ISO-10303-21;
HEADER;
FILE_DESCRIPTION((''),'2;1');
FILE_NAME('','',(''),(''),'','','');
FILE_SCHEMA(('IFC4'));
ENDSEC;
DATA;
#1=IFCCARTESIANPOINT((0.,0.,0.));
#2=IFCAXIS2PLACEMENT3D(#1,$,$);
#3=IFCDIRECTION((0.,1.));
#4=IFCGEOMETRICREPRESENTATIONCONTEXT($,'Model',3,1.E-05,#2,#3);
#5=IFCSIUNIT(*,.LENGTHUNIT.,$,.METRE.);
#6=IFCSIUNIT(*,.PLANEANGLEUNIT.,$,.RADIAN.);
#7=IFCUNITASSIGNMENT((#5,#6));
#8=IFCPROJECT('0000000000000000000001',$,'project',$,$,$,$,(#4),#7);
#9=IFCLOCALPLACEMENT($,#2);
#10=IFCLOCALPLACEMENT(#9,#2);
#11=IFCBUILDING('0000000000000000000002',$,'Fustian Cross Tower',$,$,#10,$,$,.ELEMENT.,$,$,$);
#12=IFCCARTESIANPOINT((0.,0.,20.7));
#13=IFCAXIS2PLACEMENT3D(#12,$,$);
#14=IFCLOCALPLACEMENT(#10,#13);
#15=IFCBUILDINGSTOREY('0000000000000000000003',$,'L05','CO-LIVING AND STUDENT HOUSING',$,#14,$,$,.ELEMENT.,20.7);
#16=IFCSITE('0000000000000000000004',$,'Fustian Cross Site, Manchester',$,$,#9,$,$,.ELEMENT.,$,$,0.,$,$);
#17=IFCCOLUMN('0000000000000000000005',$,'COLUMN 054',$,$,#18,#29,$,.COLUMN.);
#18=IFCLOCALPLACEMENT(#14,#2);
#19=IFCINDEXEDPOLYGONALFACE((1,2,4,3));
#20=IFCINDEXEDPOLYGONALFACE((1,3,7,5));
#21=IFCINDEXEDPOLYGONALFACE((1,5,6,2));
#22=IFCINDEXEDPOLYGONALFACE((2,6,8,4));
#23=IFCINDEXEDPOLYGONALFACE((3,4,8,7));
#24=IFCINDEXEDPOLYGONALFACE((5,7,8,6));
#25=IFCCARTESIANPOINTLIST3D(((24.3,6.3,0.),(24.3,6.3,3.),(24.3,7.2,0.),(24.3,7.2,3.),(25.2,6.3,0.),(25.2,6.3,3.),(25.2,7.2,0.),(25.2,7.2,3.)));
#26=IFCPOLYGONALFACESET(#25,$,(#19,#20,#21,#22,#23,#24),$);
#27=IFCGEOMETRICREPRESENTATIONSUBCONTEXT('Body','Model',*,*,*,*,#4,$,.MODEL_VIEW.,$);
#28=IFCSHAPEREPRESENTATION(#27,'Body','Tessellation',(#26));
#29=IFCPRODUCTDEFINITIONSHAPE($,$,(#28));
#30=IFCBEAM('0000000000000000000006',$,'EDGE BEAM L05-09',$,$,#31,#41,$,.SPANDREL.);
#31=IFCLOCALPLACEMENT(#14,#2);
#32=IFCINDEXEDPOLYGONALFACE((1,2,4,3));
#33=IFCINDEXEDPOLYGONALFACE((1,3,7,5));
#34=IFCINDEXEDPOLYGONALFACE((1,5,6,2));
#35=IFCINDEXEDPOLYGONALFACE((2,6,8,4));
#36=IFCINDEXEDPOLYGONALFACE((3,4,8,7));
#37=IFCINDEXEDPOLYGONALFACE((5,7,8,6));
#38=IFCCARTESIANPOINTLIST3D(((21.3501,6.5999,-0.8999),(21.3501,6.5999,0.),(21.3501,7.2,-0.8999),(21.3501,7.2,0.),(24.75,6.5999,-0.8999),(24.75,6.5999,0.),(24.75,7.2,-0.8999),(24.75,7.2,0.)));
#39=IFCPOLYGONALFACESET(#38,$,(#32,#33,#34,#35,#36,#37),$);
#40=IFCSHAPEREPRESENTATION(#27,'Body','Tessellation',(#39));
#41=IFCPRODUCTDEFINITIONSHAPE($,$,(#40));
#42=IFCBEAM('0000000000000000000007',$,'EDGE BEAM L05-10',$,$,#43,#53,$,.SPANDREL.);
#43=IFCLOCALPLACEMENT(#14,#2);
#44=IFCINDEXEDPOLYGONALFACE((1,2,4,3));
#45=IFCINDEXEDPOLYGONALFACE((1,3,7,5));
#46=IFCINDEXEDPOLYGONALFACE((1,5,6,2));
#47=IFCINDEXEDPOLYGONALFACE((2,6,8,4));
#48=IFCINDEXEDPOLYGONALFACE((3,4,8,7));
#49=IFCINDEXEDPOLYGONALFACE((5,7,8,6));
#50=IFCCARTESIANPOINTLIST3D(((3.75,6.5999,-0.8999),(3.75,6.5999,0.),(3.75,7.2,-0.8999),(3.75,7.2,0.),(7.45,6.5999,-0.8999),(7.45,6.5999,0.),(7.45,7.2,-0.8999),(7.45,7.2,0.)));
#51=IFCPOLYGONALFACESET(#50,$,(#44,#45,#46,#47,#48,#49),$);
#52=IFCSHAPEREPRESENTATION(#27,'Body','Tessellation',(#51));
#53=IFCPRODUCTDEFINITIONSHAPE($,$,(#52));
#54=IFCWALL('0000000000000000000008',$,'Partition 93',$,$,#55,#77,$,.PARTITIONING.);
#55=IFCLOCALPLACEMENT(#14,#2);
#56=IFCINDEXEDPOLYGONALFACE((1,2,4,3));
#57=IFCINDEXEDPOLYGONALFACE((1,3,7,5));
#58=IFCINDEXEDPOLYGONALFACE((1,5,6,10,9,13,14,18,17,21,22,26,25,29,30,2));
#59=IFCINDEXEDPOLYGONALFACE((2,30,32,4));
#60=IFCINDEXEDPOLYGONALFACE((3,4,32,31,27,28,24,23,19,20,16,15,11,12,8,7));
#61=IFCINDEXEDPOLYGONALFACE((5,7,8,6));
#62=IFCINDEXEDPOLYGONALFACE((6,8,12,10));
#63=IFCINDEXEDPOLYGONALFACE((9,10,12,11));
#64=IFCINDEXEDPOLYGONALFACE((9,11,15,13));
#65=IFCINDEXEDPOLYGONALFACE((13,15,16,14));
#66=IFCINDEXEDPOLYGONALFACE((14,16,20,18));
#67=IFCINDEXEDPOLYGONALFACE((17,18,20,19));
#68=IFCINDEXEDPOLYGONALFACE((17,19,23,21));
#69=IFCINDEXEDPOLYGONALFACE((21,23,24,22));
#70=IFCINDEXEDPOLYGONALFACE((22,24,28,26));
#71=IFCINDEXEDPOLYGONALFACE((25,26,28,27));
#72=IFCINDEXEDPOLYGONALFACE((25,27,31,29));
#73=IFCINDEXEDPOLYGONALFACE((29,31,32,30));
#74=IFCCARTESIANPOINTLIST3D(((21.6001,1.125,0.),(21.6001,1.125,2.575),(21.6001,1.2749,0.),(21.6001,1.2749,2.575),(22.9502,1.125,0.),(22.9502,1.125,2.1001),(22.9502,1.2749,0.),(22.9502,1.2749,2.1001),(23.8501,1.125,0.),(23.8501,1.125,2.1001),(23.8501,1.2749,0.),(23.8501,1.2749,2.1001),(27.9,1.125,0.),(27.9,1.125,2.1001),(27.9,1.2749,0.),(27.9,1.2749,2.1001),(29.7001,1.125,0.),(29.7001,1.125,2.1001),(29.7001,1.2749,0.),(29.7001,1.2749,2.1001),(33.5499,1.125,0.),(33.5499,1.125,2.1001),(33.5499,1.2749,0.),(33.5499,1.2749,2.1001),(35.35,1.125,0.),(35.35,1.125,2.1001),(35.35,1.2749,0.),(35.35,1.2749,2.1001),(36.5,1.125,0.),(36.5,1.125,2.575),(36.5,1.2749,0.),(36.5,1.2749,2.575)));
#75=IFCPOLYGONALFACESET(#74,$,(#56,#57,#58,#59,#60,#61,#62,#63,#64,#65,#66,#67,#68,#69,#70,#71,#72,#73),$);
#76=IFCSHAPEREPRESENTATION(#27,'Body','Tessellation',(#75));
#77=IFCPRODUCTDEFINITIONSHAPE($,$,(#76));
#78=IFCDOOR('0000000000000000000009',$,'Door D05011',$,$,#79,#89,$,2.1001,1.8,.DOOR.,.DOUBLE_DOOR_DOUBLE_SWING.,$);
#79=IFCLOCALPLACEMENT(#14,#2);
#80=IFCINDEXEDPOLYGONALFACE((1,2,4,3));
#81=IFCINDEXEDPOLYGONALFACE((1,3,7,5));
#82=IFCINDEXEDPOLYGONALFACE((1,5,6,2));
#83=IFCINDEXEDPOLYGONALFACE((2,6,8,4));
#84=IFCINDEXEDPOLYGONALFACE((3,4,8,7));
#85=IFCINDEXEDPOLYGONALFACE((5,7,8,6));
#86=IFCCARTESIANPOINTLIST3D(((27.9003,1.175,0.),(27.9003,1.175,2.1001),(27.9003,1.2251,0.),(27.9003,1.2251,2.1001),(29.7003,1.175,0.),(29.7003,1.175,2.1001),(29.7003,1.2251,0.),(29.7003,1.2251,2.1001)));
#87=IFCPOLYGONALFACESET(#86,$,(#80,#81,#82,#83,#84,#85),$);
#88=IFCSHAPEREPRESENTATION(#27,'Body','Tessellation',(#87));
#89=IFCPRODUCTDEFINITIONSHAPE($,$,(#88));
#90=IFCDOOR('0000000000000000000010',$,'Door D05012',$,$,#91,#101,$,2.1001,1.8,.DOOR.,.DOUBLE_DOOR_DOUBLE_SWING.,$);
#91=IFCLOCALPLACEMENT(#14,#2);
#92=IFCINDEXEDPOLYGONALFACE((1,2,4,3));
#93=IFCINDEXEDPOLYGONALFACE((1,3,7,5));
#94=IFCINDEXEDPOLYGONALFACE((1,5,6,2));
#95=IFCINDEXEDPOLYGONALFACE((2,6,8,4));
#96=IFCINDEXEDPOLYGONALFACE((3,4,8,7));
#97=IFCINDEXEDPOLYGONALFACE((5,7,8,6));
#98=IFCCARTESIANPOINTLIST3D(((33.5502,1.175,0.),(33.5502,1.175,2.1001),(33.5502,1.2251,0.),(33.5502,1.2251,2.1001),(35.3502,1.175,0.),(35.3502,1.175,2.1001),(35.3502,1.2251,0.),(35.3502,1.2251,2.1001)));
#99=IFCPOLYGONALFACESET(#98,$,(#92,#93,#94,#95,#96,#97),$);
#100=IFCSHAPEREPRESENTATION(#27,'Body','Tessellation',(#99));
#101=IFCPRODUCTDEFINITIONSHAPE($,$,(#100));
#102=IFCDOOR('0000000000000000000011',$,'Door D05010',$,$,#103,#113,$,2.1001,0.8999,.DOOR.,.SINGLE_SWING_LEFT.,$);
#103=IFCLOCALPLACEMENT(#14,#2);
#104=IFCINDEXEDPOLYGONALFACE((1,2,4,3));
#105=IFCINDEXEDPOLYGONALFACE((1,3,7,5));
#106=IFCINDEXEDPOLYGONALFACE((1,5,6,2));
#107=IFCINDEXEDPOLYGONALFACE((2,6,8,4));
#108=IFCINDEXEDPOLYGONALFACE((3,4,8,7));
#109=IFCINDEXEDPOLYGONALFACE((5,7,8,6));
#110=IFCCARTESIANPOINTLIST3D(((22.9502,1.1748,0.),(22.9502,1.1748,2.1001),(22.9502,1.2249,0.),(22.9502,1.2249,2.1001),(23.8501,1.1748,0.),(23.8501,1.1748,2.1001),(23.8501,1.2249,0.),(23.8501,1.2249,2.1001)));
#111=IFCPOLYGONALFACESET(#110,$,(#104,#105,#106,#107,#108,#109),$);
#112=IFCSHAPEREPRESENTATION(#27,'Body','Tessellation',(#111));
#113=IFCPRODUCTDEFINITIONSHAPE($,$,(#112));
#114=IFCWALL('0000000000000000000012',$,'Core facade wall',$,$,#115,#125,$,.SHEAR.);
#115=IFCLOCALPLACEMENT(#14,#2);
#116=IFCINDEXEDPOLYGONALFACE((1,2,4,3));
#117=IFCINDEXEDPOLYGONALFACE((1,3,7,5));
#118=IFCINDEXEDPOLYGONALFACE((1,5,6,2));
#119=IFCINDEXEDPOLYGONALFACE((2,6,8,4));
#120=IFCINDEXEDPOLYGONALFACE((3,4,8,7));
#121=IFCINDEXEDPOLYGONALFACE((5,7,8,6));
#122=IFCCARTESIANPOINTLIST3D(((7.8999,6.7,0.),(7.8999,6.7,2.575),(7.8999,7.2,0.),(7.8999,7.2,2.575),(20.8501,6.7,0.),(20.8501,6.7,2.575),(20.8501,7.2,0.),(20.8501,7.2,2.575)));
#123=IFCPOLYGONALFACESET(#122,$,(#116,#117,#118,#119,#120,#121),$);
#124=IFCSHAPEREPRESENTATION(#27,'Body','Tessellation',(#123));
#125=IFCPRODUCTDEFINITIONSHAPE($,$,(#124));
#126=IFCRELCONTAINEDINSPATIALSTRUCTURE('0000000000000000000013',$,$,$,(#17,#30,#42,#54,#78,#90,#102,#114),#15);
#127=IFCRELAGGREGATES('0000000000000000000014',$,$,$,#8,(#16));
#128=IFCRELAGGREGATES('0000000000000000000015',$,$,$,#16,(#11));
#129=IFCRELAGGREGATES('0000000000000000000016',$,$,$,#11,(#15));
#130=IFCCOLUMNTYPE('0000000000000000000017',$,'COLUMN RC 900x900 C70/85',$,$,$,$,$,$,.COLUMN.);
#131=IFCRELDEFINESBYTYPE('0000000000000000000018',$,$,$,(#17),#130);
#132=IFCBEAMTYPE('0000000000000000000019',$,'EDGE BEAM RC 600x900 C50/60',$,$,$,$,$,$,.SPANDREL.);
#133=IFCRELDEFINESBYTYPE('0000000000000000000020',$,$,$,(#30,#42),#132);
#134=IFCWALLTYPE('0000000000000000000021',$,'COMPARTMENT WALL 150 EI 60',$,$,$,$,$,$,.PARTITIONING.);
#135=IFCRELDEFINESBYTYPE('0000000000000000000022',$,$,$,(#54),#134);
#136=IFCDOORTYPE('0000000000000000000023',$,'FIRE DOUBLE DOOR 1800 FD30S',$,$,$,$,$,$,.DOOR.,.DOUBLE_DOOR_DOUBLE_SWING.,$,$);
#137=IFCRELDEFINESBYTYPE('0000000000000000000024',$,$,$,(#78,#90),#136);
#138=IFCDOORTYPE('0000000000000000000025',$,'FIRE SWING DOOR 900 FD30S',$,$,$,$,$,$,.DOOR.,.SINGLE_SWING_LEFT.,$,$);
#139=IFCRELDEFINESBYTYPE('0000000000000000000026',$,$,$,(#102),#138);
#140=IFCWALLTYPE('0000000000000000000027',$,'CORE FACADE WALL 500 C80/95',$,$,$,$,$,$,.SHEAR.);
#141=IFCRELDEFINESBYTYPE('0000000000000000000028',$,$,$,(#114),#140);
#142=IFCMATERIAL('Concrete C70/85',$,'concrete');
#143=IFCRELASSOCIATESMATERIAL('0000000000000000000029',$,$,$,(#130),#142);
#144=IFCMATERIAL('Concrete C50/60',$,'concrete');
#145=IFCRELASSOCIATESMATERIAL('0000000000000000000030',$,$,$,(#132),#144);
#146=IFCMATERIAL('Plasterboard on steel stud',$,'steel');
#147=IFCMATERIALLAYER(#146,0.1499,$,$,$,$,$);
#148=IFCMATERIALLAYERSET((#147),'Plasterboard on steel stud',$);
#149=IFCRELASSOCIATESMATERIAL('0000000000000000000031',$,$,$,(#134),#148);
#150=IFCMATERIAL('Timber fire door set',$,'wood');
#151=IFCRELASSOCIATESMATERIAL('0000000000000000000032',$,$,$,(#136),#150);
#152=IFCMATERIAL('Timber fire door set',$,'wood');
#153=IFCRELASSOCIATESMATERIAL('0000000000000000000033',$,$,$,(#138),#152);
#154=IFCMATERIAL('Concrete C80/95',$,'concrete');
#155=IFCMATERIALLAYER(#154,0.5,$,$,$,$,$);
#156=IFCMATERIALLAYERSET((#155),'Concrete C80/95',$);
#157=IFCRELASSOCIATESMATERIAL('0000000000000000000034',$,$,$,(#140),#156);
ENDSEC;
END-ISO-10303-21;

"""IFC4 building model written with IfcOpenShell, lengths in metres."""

from ifc_helpers import new_model, si_unit, direction, frame, frame_2d, origin, origin_2d, place, context, subcontext, project, spatial, rectangle, extrude, material, layer, layer_set, material_profile, profile_set, type_object, element, fill, save


model = new_model("IFC4")

# Units and contexts
model_context = context("Model", 3, precision=1e-05, world=origin(), true_north=direction((0.0, 1.0)))
body_context = subcontext(model_context, "Body", "Model", "MODEL_VIEW")
ifc_project = project(units=[si_unit("LENGTHUNIT", "METRE"), si_unit("PLANEANGLEUNIT", "RADIAN")], contexts=[model_context])

# Site, building, storey
site_placement = place(None, origin())
site = spatial("IfcSite", under=ifc_project, at=site_placement, Name="Fustian Cross Site, Manchester", CompositionType="ELEMENT", RefElevation=0.0)
building_placement = place(site_placement, origin())
building = spatial("IfcBuilding", under=site, at=building_placement, Name="Fustian Cross Tower", CompositionType="ELEMENT")
storey_placement = place(building_placement, frame((0.0, 0.0, 20.7)))
storey = spatial("IfcBuildingStorey", under=building, at=storey_placement, Name="L05", Description="CO-LIVING AND STUDENT HOUSING", CompositionType="ELEMENT", Elevation=20.7)

# Column
ifc_material_1 = material(Name="Concrete C70/85", Category="concrete")
ifc_material_profile_1 = material_profile(ifc_material_1, rectangle(XDim=0.8999, YDim=0.8999, at=origin_2d()), Name="RC 900x900")
ifc_profile_set_1 = profile_set([ifc_material_profile_1], Name="Concrete C70/85")
column_type = type_object("IfcColumnType", Name="COLUMN RC 900x900 C70/85", PredefinedType="COLUMN", material=ifc_profile_set_1)
column_placement = place(storey_placement, frame((24.75, 6.75, 0.0), z_axis=(0.0, 0.0, 1.0), x_axis=(1.0, 0.0, 0.0)))
element("IfcColumn", 1, at=column_placement, inside=storey, type_object=column_type, Name="COLUMN 054", PredefinedType="COLUMN", context=body_context, shape_type="SweptSolid", body=[
    extrude(rectangle(XDim=0.8999, YDim=0.8999, at=origin_2d()), origin(), (0.0, 0.0, 1.0), 3.0),
])

# Beams
ifc_material_2 = material(Name="Concrete C50/60", Category="concrete")
ifc_material_profile_2 = material_profile(ifc_material_2, rectangle(XDim=0.6001, YDim=0.8999, at=origin_2d()), Name="RC 600x900")
ifc_profile_set_2 = profile_set([ifc_material_profile_2], Name="Concrete C50/60")
beam_type = type_object("IfcBeamType", Name="EDGE BEAM RC 600x900 C50/60", PredefinedType="SPANDREL", material=ifc_profile_set_2)
beam_1_placement = place(storey_placement, frame((24.75, 6.8999, -0.45), z_axis=(-1.0, 0.0, 0.0), x_axis=(0.0, -1.0, 0.0)))
element("IfcBeam", 2, at=beam_1_placement, inside=storey, type_object=beam_type, Name="EDGE BEAM L05-09", PredefinedType="SPANDREL", context=body_context, shape_type="SweptSolid", body=[
    extrude(rectangle(XDim=0.6001, YDim=0.8999, at=origin_2d()), origin(), (0.0, 0.0, 1.0), 3.3999),
])
beam_2_placement = place(storey_placement, frame((7.45, 6.8999, -0.45), z_axis=(-1.0, 0.0, 0.0), x_axis=(0.0, -1.0, 0.0)))
element("IfcBeam", 3, at=beam_2_placement, inside=storey, type_object=beam_type, Name="EDGE BEAM L05-10", PredefinedType="SPANDREL", context=body_context, shape_type="SweptSolid", body=[
    extrude(rectangle(XDim=0.6001, YDim=0.8999, at=origin_2d()), origin(), (0.0, 0.0, 1.0), 3.7),
])

# Wall, openings, doors
ifc_material_3 = material(Name="Plasterboard on steel stud", Category="steel")
ifc_layer_1 = layer(ifc_material_3, 0.1499)
ifc_layer_set_1 = layer_set([ifc_layer_1], Name="Plasterboard on steel stud")
wall_type_1 = type_object("IfcWallType", Name="COMPARTMENT WALL 150 EI 60", PredefinedType="PARTITIONING", material=ifc_layer_set_1)
wall_1_placement = place(storey_placement, frame((21.6001, 1.2, 0.0), z_axis=(0.0, 0.0, 1.0), x_axis=(1.0, 0.0, 0.0)))
wall_1 = element("IfcWall", 4, at=wall_1_placement, inside=storey, type_object=wall_type_1, Name="Partition 93", PredefinedType="PARTITIONING", context=body_context, shape_type="SweptSolid", body=[
    extrude(rectangle(XDim=14.8999, YDim=0.1499, at=frame_2d((7.45, 0.0))), origin(), (0.0, 0.0, 1.0), 2.575),
])
opening_1_placement = place(wall_1_placement, frame((1.3501, 0.0, 0.0)))
opening_1 = element("IfcOpeningElement", 5, at=opening_1_placement, cuts=wall_1, PredefinedType="OPENING", context=body_context, shape_type="SweptSolid", body=[
    extrude(rectangle(XDim=0.8999, YDim=2.1001, at=frame_2d((0.45, 1.05))), frame((0.0, 0.085, 0.0), z_axis=(0.0, -1.0, 0.0), x_axis=(1.0, 0.0, 0.0)), (0.0, 0.0, 1.0), 0.1699),
])
opening_2_placement = place(wall_1_placement, frame((6.3, 0.0, 0.0)))
opening_2 = element("IfcOpeningElement", 6, at=opening_2_placement, cuts=wall_1, PredefinedType="OPENING", context=body_context, shape_type="SweptSolid", body=[
    extrude(rectangle(XDim=1.8, YDim=2.1001, at=frame_2d((0.8999, 1.05))), frame((0.0, 0.085, 0.0), z_axis=(0.0, -1.0, 0.0), x_axis=(1.0, 0.0, 0.0)), (0.0, 0.0, 1.0), 0.1699),
])
opening_3_placement = place(wall_1_placement, frame((11.95, 0.0, 0.0)))
opening_3 = element("IfcOpeningElement", 7, at=opening_3_placement, cuts=wall_1, PredefinedType="OPENING", context=body_context, shape_type="SweptSolid", body=[
    extrude(rectangle(XDim=1.8, YDim=2.1001, at=frame_2d((0.8999, 1.05))), frame((0.0, 0.085, 0.0), z_axis=(0.0, -1.0, 0.0), x_axis=(1.0, 0.0, 0.0)), (0.0, 0.0, 1.0), 0.1699),
])
ifc_material_4 = material(Name="Timber fire door set", Category="wood")
door_type_1 = type_object("IfcDoorType", Name="FIRE DOUBLE DOOR 1800 FD30S", OperationType="DOUBLE_DOOR_DOUBLE_SWING", PredefinedType="DOOR", material=ifc_material_4)
door_1_placement = place(opening_2_placement, frame((1.8, 0.0, 0.0), z_axis=(0.0, 0.0, 1.0), x_axis=(-1.0, 0.0, 0.0)))
door_1 = element("IfcDoor", 8, at=door_1_placement, inside=storey, type_object=door_type_1, Name="Door D05011", OperationType="DOUBLE_DOOR_DOUBLE_SWING", OverallHeight=2.1001, OverallWidth=1.8, PredefinedType="DOOR", context=body_context, shape_type="SweptSolid", body=[
    extrude(rectangle(XDim=1.8, YDim=2.1001, at=frame_2d((0.8999, 1.05))), frame((0.0, 0.0249, 0.0), z_axis=(0.0, -1.0, 0.0), x_axis=(1.0, 0.0, 0.0)), (0.0, 0.0, 1.0), 0.05),
])
fill(opening_2, door_1)
door_2_placement = place(opening_3_placement, frame((1.8, 0.0, 0.0), z_axis=(0.0, 0.0, 1.0), x_axis=(-1.0, 0.0, 0.0)))
door_2 = element("IfcDoor", 9, at=door_2_placement, inside=storey, type_object=door_type_1, Name="Door D05012", OperationType="DOUBLE_DOOR_DOUBLE_SWING", OverallHeight=2.1001, OverallWidth=1.8, PredefinedType="DOOR", context=body_context, shape_type="SweptSolid", body=[
    extrude(rectangle(XDim=1.8, YDim=2.1001, at=frame_2d((0.8999, 1.05))), frame((0.0, 0.0249, 0.0), z_axis=(0.0, -1.0, 0.0), x_axis=(1.0, 0.0, 0.0)), (0.0, 0.0, 1.0), 0.05),
])
fill(opening_3, door_2)
ifc_material_5 = material(Name="Timber fire door set", Category="wood")
door_type_2 = type_object("IfcDoorType", Name="FIRE SWING DOOR 900 FD30S", OperationType="SINGLE_SWING_LEFT", PredefinedType="DOOR", material=ifc_material_5)
door_3_placement = place(opening_1_placement, origin())
door_3 = element("IfcDoor", 10, at=door_3_placement, inside=storey, type_object=door_type_2, Name="Door D05010", OperationType="SINGLE_SWING_LEFT", OverallHeight=2.1001, OverallWidth=0.8999, PredefinedType="DOOR", context=body_context, shape_type="SweptSolid", body=[
    extrude(rectangle(XDim=0.8999, YDim=2.1001, at=frame_2d((0.45, 1.05))), frame((0.0, 0.0249, 0.0), z_axis=(0.0, -1.0, 0.0), x_axis=(1.0, 0.0, 0.0)), (0.0, 0.0, 1.0), 0.05),
])
fill(opening_1, door_3)

# Wall
ifc_material_6 = material(Name="Concrete C80/95", Category="concrete")
ifc_layer_2 = layer(ifc_material_6, 0.5)
ifc_layer_set_2 = layer_set([ifc_layer_2], Name="Concrete C80/95")
wall_type_2 = type_object("IfcWallType", Name="CORE FACADE WALL 500 C80/95", PredefinedType="SHEAR", material=ifc_layer_set_2)
wall_2_placement = place(storey_placement, frame((7.8999, 6.95, 0.0), z_axis=(0.0, 0.0, 1.0), x_axis=(1.0, 0.0, 0.0)))
element("IfcWall", 11, at=wall_2_placement, inside=storey, type_object=wall_type_2, Name="Core facade wall", PredefinedType="SHEAR", context=body_context, shape_type="SweptSolid", body=[
    extrude(rectangle(XDim=12.9502, YDim=0.5, at=frame_2d((6.4751, 0.0))), origin(), (0.0, 0.0, 1.0), 2.575),
])

save(model, "model.ifc")
